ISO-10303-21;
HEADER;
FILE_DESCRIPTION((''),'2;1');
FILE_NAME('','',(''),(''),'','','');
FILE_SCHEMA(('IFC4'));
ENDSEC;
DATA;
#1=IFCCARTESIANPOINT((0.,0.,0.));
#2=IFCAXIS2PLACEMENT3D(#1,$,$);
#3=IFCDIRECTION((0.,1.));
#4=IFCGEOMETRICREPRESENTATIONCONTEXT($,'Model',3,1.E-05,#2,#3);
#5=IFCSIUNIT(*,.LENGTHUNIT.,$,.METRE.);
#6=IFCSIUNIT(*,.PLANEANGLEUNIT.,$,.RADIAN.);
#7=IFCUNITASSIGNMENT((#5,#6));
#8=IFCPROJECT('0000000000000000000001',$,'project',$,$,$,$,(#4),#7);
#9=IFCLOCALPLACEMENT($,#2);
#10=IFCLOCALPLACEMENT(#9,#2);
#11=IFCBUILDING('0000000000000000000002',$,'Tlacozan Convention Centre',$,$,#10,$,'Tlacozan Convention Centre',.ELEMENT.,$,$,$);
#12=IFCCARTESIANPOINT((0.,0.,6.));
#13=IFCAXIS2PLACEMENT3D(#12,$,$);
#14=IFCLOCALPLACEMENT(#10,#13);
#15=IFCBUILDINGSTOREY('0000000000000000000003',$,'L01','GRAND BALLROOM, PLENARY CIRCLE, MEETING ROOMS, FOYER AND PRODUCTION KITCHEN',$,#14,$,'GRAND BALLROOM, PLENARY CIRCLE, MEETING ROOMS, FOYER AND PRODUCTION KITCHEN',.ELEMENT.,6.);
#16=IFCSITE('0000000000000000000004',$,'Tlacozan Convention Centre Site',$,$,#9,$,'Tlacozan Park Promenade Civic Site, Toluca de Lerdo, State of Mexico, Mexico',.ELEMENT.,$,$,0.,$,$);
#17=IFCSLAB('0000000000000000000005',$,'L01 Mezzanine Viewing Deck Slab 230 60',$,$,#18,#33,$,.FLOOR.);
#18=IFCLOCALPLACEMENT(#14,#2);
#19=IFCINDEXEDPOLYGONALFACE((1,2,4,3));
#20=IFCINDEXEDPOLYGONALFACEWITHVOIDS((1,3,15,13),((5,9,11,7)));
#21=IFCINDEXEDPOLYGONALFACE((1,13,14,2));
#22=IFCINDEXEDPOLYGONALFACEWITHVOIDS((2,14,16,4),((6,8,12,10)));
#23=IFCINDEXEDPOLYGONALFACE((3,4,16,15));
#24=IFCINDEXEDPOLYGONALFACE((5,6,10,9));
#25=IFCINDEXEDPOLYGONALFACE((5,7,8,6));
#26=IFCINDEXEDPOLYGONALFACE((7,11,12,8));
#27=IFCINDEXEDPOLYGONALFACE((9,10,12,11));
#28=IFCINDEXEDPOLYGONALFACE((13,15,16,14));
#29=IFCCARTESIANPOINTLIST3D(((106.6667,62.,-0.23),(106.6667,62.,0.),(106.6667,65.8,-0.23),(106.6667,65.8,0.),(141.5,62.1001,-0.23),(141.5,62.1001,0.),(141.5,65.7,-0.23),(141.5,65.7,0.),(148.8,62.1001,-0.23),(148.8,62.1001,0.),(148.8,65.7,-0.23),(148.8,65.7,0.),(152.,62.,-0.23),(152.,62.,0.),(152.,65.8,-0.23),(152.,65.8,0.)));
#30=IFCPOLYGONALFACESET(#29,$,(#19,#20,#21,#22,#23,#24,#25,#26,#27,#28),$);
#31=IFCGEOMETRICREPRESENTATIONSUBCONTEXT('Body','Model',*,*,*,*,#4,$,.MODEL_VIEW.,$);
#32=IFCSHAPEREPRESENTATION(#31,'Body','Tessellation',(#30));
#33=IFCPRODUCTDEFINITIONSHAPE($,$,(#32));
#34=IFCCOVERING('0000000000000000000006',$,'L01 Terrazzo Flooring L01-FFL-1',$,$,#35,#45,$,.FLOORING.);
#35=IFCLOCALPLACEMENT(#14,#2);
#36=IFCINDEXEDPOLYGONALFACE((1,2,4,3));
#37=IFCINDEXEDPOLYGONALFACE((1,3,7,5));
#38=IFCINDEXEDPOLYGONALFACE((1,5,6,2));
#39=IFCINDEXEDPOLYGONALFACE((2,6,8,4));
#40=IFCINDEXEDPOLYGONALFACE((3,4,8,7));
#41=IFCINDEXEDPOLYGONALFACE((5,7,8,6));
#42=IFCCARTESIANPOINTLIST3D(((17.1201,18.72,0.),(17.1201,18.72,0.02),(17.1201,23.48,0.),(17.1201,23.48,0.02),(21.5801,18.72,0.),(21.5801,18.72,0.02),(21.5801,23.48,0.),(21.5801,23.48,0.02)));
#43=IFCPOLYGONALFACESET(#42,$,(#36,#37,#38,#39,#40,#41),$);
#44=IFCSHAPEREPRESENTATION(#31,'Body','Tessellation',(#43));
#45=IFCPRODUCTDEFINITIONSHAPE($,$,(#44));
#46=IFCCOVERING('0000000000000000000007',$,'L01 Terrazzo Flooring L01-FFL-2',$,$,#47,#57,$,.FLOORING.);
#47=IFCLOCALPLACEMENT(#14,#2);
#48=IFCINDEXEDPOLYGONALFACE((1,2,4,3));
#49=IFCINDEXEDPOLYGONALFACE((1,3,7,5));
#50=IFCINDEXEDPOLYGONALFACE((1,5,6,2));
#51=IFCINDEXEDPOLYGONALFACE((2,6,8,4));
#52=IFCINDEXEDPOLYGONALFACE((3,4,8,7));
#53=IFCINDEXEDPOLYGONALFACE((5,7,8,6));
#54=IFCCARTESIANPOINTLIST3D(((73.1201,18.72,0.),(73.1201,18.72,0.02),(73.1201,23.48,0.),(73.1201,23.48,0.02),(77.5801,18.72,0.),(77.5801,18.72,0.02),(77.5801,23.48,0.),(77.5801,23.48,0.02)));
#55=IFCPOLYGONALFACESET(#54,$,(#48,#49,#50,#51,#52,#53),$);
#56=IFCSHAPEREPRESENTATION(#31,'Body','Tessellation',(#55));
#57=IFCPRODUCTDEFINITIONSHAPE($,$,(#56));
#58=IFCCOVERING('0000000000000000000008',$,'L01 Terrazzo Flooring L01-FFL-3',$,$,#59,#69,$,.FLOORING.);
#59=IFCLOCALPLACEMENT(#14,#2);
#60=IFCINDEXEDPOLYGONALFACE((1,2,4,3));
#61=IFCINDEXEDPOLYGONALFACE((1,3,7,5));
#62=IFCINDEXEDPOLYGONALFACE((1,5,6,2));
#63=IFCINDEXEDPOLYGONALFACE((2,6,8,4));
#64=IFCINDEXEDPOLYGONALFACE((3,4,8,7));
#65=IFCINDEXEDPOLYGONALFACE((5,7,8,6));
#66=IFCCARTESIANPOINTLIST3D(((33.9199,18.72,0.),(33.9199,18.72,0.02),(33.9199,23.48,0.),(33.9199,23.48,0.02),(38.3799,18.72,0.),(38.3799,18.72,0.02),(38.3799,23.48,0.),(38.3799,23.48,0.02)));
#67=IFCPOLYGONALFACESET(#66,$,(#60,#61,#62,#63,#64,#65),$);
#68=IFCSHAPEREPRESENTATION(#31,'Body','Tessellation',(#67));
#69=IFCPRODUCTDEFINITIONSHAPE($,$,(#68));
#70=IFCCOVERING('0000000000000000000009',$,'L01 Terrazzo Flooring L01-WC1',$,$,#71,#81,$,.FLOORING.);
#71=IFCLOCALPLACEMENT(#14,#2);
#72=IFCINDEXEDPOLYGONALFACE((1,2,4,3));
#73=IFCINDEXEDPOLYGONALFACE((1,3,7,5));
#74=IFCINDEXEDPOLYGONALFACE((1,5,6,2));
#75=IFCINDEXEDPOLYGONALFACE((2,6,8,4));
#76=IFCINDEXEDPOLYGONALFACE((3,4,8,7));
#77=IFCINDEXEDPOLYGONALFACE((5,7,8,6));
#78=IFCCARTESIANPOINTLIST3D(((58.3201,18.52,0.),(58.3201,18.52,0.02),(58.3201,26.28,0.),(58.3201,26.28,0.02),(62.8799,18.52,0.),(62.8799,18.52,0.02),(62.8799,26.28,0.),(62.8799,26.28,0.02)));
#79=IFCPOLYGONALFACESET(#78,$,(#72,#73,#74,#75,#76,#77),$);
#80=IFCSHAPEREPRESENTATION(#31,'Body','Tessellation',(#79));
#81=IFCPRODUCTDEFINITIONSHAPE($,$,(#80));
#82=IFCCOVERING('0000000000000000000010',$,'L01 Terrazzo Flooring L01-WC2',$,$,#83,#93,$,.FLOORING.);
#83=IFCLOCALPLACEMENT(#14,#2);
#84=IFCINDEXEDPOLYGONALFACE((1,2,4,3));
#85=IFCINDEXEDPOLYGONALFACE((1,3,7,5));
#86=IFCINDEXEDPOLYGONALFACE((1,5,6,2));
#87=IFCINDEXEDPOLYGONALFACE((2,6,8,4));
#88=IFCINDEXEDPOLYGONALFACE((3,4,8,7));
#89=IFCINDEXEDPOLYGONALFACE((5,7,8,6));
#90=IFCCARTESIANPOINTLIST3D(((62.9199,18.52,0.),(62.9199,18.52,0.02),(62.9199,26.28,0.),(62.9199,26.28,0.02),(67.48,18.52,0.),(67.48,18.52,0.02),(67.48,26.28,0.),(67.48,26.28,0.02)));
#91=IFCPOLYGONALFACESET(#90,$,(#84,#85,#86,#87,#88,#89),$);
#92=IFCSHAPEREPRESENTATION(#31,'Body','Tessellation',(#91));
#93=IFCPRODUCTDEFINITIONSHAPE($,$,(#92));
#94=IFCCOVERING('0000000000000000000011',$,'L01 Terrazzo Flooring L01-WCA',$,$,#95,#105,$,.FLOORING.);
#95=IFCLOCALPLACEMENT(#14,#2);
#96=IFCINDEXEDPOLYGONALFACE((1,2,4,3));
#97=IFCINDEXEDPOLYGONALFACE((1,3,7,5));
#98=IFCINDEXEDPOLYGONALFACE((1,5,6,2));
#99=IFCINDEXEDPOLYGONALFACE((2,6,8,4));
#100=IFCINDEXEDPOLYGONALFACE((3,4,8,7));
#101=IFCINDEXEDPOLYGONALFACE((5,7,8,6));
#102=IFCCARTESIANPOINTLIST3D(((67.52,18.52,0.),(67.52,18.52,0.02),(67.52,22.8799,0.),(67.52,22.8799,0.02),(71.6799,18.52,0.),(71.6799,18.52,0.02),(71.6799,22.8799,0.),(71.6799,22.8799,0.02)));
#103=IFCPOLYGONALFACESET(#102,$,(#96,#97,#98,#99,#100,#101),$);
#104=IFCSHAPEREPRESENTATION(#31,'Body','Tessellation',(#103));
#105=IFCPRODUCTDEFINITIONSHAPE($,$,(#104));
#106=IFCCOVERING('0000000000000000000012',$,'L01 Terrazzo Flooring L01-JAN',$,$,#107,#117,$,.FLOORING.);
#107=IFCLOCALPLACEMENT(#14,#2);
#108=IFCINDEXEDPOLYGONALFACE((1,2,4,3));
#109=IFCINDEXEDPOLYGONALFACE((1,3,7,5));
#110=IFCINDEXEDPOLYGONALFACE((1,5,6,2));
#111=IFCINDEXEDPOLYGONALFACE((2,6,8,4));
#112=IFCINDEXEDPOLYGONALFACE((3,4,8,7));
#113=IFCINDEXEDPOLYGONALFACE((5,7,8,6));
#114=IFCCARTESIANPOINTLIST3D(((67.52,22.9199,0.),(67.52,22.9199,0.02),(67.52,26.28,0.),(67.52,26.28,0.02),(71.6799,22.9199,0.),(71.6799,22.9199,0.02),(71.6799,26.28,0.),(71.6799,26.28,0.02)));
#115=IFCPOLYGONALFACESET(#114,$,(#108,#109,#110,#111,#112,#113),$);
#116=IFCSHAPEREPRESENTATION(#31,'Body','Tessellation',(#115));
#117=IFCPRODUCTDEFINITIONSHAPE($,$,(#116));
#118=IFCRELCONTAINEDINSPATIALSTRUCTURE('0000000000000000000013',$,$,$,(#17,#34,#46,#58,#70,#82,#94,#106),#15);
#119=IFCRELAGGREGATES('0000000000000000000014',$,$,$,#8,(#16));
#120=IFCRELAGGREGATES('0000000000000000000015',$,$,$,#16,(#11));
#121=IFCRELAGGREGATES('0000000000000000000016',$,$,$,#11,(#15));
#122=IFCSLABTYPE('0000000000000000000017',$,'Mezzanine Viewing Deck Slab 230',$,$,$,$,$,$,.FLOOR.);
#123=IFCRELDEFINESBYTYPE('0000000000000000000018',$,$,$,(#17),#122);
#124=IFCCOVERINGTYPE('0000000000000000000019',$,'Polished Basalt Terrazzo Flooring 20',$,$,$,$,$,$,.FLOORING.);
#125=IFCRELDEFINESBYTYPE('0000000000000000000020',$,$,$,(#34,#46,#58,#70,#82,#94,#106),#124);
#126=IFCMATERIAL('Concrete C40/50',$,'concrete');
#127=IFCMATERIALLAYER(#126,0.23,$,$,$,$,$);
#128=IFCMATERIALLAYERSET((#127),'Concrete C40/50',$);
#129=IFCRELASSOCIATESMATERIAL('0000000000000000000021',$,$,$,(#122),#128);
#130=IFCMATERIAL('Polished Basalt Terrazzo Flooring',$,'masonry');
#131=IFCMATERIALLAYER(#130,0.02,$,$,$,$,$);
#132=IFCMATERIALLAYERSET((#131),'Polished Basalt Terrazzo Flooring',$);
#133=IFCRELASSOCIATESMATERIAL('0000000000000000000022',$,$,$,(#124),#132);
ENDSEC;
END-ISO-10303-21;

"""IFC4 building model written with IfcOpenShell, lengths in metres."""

from ifc_helpers import new_model, si_unit, direction, frame, origin, place, context, subcontext, project, spatial, polyline, outline, extrude, material, layer, layer_set, type_object, element, save


model = new_model("IFC4")

# Units and contexts
model_context = context("Model", 3, precision=1e-05, world=origin(), true_north=direction((0.0, 1.0)))
body_context = subcontext(model_context, "Body", "Model", "MODEL_VIEW")
ifc_project = project(units=[si_unit("LENGTHUNIT", "METRE"), si_unit("PLANEANGLEUNIT", "RADIAN")], contexts=[model_context])

# Site, building, storey
site_placement = place(None, origin())
site = spatial("IfcSite", under=ifc_project, at=site_placement, Name="Tlacozan Convention Centre Site", LongName="Tlacozan Park Promenade Civic Site, Toluca de Lerdo, State of Mexico, Mexico", CompositionType="ELEMENT", RefElevation=0.0)
building_placement = place(site_placement, origin())
building = spatial("IfcBuilding", under=site, at=building_placement, Name="Tlacozan Convention Centre", LongName="Tlacozan Convention Centre", CompositionType="ELEMENT")
storey_placement = place(building_placement, frame((0.0, 0.0, 6.0)))
storey = spatial("IfcBuildingStorey", under=building, at=storey_placement, Name="L01", Description="GRAND BALLROOM, PLENARY CIRCLE, MEETING ROOMS, FOYER AND PRODUCTION KITCHEN", LongName="GRAND BALLROOM, PLENARY CIRCLE, MEETING ROOMS, FOYER AND PRODUCTION KITCHEN", CompositionType="ELEMENT", Elevation=6.0)

# Slab
ifc_material_1 = material(Name="Concrete C40/50", Category="concrete")
ifc_layer_1 = layer(ifc_material_1, 0.23)
ifc_layer_set_1 = layer_set([ifc_layer_1], Name="Concrete C40/50")
slab_type_1 = type_object("IfcSlabType", Name="Mezzanine Viewing Deck Slab 230", PredefinedType="FLOOR", material=ifc_layer_set_1)
slab_1_placement = place(storey_placement, frame((0.0, 0.0, -0.23)))
element("IfcSlab", 1, at=slab_1_placement, inside=storey, type_object=slab_type_1, Name="L01 Mezzanine Viewing Deck Slab 230 60", PredefinedType="FLOOR", context=body_context, shape_type="SweptSolid", body=[
    extrude(outline(polyline([(106.6667, 62.0), (106.6667, 65.8), (152.0, 65.8), (152.0, 62.0), (106.6667, 62.0)]), holes=[polyline([(141.5, 62.1001), (148.8, 62.1001), (148.8, 65.7), (141.5, 65.7), (141.5, 62.1001)])]), origin(), (0.0, 0.0, 1.0), 0.23),
])

# Coverings
ifc_material_2 = material(Name="Polished Basalt Terrazzo Flooring", Category="masonry")
ifc_layer_2 = layer(ifc_material_2, 0.02)
ifc_layer_set_2 = layer_set([ifc_layer_2], Name="Polished Basalt Terrazzo Flooring")
covering_type_1 = type_object("IfcCoveringType", Name="Polished Basalt Terrazzo Flooring 20", PredefinedType="FLOORING", material=ifc_layer_set_2)
covering_1_placement = place(storey_placement, origin())
element("IfcCovering", 2, at=covering_1_placement, inside=storey, type_object=covering_type_1, Name="L01 Terrazzo Flooring L01-FFL-1", PredefinedType="FLOORING", context=body_context, shape_type="SweptSolid", body=[
    extrude(outline(polyline([(17.1201, 18.72), (21.5801, 18.72), (21.5801, 23.48), (17.1201, 23.48), (17.1201, 18.72)])), origin(), (0.0, 0.0, 1.0), 0.02),
])
covering_2_placement = place(storey_placement, origin())
element("IfcCovering", 3, at=covering_2_placement, inside=storey, type_object=covering_type_1, Name="L01 Terrazzo Flooring L01-FFL-2", PredefinedType="FLOORING", context=body_context, shape_type="SweptSolid", body=[
    extrude(outline(polyline([(73.1201, 18.72), (77.5801, 18.72), (77.5801, 23.48), (73.1201, 23.48), (73.1201, 18.72)])), origin(), (0.0, 0.0, 1.0), 0.02),
])
covering_3_placement = place(storey_placement, origin())
element("IfcCovering", 4, at=covering_3_placement, inside=storey, type_object=covering_type_1, Name="L01 Terrazzo Flooring L01-FFL-3", PredefinedType="FLOORING", context=body_context, shape_type="SweptSolid", body=[
    extrude(outline(polyline([(33.9199, 18.72), (38.3799, 18.72), (38.3799, 23.48), (33.9199, 23.48), (33.9199, 18.72)])), origin(), (0.0, 0.0, 1.0), 0.02),
])
covering_4_placement = place(storey_placement, origin())
element("IfcCovering", 5, at=covering_4_placement, inside=storey, type_object=covering_type_1, Name="L01 Terrazzo Flooring L01-WC1", PredefinedType="FLOORING", context=body_context, shape_type="SweptSolid", body=[
    extrude(outline(polyline([(58.3201, 18.52), (62.8799, 18.52), (62.8799, 26.28), (58.3201, 26.28), (58.3201, 18.52)])), origin(), (0.0, 0.0, 1.0), 0.02),
])
covering_5_placement = place(storey_placement, origin())
element("IfcCovering", 6, at=covering_5_placement, inside=storey, type_object=covering_type_1, Name="L01 Terrazzo Flooring L01-WC2", PredefinedType="FLOORING", context=body_context, shape_type="SweptSolid", body=[
    extrude(outline(polyline([(62.9199, 18.52), (67.48, 18.52), (67.48, 26.28), (62.9199, 26.28), (62.9199, 18.52)])), origin(), (0.0, 0.0, 1.0), 0.02),
])
covering_6_placement = place(storey_placement, origin())
element("IfcCovering", 7, at=covering_6_placement, inside=storey, type_object=covering_type_1, Name="L01 Terrazzo Flooring L01-WCA", PredefinedType="FLOORING", context=body_context, shape_type="SweptSolid", body=[
    extrude(outline(polyline([(67.52, 18.52), (71.6799, 18.52), (71.6799, 22.8799), (67.52, 22.8799), (67.52, 18.52)])), origin(), (0.0, 0.0, 1.0), 0.02),
])
covering_7_placement = place(storey_placement, origin())
element("IfcCovering", 8, at=covering_7_placement, inside=storey, type_object=covering_type_1, Name="L01 Terrazzo Flooring L01-JAN", PredefinedType="FLOORING", context=body_context, shape_type="SweptSolid", body=[
    extrude(outline(polyline([(67.52, 22.9199), (71.6799, 22.9199), (71.6799, 26.28), (67.52, 26.28), (67.52, 22.9199)])), origin(), (0.0, 0.0, 1.0), 0.02),
])

save(model, "model.ifc")
